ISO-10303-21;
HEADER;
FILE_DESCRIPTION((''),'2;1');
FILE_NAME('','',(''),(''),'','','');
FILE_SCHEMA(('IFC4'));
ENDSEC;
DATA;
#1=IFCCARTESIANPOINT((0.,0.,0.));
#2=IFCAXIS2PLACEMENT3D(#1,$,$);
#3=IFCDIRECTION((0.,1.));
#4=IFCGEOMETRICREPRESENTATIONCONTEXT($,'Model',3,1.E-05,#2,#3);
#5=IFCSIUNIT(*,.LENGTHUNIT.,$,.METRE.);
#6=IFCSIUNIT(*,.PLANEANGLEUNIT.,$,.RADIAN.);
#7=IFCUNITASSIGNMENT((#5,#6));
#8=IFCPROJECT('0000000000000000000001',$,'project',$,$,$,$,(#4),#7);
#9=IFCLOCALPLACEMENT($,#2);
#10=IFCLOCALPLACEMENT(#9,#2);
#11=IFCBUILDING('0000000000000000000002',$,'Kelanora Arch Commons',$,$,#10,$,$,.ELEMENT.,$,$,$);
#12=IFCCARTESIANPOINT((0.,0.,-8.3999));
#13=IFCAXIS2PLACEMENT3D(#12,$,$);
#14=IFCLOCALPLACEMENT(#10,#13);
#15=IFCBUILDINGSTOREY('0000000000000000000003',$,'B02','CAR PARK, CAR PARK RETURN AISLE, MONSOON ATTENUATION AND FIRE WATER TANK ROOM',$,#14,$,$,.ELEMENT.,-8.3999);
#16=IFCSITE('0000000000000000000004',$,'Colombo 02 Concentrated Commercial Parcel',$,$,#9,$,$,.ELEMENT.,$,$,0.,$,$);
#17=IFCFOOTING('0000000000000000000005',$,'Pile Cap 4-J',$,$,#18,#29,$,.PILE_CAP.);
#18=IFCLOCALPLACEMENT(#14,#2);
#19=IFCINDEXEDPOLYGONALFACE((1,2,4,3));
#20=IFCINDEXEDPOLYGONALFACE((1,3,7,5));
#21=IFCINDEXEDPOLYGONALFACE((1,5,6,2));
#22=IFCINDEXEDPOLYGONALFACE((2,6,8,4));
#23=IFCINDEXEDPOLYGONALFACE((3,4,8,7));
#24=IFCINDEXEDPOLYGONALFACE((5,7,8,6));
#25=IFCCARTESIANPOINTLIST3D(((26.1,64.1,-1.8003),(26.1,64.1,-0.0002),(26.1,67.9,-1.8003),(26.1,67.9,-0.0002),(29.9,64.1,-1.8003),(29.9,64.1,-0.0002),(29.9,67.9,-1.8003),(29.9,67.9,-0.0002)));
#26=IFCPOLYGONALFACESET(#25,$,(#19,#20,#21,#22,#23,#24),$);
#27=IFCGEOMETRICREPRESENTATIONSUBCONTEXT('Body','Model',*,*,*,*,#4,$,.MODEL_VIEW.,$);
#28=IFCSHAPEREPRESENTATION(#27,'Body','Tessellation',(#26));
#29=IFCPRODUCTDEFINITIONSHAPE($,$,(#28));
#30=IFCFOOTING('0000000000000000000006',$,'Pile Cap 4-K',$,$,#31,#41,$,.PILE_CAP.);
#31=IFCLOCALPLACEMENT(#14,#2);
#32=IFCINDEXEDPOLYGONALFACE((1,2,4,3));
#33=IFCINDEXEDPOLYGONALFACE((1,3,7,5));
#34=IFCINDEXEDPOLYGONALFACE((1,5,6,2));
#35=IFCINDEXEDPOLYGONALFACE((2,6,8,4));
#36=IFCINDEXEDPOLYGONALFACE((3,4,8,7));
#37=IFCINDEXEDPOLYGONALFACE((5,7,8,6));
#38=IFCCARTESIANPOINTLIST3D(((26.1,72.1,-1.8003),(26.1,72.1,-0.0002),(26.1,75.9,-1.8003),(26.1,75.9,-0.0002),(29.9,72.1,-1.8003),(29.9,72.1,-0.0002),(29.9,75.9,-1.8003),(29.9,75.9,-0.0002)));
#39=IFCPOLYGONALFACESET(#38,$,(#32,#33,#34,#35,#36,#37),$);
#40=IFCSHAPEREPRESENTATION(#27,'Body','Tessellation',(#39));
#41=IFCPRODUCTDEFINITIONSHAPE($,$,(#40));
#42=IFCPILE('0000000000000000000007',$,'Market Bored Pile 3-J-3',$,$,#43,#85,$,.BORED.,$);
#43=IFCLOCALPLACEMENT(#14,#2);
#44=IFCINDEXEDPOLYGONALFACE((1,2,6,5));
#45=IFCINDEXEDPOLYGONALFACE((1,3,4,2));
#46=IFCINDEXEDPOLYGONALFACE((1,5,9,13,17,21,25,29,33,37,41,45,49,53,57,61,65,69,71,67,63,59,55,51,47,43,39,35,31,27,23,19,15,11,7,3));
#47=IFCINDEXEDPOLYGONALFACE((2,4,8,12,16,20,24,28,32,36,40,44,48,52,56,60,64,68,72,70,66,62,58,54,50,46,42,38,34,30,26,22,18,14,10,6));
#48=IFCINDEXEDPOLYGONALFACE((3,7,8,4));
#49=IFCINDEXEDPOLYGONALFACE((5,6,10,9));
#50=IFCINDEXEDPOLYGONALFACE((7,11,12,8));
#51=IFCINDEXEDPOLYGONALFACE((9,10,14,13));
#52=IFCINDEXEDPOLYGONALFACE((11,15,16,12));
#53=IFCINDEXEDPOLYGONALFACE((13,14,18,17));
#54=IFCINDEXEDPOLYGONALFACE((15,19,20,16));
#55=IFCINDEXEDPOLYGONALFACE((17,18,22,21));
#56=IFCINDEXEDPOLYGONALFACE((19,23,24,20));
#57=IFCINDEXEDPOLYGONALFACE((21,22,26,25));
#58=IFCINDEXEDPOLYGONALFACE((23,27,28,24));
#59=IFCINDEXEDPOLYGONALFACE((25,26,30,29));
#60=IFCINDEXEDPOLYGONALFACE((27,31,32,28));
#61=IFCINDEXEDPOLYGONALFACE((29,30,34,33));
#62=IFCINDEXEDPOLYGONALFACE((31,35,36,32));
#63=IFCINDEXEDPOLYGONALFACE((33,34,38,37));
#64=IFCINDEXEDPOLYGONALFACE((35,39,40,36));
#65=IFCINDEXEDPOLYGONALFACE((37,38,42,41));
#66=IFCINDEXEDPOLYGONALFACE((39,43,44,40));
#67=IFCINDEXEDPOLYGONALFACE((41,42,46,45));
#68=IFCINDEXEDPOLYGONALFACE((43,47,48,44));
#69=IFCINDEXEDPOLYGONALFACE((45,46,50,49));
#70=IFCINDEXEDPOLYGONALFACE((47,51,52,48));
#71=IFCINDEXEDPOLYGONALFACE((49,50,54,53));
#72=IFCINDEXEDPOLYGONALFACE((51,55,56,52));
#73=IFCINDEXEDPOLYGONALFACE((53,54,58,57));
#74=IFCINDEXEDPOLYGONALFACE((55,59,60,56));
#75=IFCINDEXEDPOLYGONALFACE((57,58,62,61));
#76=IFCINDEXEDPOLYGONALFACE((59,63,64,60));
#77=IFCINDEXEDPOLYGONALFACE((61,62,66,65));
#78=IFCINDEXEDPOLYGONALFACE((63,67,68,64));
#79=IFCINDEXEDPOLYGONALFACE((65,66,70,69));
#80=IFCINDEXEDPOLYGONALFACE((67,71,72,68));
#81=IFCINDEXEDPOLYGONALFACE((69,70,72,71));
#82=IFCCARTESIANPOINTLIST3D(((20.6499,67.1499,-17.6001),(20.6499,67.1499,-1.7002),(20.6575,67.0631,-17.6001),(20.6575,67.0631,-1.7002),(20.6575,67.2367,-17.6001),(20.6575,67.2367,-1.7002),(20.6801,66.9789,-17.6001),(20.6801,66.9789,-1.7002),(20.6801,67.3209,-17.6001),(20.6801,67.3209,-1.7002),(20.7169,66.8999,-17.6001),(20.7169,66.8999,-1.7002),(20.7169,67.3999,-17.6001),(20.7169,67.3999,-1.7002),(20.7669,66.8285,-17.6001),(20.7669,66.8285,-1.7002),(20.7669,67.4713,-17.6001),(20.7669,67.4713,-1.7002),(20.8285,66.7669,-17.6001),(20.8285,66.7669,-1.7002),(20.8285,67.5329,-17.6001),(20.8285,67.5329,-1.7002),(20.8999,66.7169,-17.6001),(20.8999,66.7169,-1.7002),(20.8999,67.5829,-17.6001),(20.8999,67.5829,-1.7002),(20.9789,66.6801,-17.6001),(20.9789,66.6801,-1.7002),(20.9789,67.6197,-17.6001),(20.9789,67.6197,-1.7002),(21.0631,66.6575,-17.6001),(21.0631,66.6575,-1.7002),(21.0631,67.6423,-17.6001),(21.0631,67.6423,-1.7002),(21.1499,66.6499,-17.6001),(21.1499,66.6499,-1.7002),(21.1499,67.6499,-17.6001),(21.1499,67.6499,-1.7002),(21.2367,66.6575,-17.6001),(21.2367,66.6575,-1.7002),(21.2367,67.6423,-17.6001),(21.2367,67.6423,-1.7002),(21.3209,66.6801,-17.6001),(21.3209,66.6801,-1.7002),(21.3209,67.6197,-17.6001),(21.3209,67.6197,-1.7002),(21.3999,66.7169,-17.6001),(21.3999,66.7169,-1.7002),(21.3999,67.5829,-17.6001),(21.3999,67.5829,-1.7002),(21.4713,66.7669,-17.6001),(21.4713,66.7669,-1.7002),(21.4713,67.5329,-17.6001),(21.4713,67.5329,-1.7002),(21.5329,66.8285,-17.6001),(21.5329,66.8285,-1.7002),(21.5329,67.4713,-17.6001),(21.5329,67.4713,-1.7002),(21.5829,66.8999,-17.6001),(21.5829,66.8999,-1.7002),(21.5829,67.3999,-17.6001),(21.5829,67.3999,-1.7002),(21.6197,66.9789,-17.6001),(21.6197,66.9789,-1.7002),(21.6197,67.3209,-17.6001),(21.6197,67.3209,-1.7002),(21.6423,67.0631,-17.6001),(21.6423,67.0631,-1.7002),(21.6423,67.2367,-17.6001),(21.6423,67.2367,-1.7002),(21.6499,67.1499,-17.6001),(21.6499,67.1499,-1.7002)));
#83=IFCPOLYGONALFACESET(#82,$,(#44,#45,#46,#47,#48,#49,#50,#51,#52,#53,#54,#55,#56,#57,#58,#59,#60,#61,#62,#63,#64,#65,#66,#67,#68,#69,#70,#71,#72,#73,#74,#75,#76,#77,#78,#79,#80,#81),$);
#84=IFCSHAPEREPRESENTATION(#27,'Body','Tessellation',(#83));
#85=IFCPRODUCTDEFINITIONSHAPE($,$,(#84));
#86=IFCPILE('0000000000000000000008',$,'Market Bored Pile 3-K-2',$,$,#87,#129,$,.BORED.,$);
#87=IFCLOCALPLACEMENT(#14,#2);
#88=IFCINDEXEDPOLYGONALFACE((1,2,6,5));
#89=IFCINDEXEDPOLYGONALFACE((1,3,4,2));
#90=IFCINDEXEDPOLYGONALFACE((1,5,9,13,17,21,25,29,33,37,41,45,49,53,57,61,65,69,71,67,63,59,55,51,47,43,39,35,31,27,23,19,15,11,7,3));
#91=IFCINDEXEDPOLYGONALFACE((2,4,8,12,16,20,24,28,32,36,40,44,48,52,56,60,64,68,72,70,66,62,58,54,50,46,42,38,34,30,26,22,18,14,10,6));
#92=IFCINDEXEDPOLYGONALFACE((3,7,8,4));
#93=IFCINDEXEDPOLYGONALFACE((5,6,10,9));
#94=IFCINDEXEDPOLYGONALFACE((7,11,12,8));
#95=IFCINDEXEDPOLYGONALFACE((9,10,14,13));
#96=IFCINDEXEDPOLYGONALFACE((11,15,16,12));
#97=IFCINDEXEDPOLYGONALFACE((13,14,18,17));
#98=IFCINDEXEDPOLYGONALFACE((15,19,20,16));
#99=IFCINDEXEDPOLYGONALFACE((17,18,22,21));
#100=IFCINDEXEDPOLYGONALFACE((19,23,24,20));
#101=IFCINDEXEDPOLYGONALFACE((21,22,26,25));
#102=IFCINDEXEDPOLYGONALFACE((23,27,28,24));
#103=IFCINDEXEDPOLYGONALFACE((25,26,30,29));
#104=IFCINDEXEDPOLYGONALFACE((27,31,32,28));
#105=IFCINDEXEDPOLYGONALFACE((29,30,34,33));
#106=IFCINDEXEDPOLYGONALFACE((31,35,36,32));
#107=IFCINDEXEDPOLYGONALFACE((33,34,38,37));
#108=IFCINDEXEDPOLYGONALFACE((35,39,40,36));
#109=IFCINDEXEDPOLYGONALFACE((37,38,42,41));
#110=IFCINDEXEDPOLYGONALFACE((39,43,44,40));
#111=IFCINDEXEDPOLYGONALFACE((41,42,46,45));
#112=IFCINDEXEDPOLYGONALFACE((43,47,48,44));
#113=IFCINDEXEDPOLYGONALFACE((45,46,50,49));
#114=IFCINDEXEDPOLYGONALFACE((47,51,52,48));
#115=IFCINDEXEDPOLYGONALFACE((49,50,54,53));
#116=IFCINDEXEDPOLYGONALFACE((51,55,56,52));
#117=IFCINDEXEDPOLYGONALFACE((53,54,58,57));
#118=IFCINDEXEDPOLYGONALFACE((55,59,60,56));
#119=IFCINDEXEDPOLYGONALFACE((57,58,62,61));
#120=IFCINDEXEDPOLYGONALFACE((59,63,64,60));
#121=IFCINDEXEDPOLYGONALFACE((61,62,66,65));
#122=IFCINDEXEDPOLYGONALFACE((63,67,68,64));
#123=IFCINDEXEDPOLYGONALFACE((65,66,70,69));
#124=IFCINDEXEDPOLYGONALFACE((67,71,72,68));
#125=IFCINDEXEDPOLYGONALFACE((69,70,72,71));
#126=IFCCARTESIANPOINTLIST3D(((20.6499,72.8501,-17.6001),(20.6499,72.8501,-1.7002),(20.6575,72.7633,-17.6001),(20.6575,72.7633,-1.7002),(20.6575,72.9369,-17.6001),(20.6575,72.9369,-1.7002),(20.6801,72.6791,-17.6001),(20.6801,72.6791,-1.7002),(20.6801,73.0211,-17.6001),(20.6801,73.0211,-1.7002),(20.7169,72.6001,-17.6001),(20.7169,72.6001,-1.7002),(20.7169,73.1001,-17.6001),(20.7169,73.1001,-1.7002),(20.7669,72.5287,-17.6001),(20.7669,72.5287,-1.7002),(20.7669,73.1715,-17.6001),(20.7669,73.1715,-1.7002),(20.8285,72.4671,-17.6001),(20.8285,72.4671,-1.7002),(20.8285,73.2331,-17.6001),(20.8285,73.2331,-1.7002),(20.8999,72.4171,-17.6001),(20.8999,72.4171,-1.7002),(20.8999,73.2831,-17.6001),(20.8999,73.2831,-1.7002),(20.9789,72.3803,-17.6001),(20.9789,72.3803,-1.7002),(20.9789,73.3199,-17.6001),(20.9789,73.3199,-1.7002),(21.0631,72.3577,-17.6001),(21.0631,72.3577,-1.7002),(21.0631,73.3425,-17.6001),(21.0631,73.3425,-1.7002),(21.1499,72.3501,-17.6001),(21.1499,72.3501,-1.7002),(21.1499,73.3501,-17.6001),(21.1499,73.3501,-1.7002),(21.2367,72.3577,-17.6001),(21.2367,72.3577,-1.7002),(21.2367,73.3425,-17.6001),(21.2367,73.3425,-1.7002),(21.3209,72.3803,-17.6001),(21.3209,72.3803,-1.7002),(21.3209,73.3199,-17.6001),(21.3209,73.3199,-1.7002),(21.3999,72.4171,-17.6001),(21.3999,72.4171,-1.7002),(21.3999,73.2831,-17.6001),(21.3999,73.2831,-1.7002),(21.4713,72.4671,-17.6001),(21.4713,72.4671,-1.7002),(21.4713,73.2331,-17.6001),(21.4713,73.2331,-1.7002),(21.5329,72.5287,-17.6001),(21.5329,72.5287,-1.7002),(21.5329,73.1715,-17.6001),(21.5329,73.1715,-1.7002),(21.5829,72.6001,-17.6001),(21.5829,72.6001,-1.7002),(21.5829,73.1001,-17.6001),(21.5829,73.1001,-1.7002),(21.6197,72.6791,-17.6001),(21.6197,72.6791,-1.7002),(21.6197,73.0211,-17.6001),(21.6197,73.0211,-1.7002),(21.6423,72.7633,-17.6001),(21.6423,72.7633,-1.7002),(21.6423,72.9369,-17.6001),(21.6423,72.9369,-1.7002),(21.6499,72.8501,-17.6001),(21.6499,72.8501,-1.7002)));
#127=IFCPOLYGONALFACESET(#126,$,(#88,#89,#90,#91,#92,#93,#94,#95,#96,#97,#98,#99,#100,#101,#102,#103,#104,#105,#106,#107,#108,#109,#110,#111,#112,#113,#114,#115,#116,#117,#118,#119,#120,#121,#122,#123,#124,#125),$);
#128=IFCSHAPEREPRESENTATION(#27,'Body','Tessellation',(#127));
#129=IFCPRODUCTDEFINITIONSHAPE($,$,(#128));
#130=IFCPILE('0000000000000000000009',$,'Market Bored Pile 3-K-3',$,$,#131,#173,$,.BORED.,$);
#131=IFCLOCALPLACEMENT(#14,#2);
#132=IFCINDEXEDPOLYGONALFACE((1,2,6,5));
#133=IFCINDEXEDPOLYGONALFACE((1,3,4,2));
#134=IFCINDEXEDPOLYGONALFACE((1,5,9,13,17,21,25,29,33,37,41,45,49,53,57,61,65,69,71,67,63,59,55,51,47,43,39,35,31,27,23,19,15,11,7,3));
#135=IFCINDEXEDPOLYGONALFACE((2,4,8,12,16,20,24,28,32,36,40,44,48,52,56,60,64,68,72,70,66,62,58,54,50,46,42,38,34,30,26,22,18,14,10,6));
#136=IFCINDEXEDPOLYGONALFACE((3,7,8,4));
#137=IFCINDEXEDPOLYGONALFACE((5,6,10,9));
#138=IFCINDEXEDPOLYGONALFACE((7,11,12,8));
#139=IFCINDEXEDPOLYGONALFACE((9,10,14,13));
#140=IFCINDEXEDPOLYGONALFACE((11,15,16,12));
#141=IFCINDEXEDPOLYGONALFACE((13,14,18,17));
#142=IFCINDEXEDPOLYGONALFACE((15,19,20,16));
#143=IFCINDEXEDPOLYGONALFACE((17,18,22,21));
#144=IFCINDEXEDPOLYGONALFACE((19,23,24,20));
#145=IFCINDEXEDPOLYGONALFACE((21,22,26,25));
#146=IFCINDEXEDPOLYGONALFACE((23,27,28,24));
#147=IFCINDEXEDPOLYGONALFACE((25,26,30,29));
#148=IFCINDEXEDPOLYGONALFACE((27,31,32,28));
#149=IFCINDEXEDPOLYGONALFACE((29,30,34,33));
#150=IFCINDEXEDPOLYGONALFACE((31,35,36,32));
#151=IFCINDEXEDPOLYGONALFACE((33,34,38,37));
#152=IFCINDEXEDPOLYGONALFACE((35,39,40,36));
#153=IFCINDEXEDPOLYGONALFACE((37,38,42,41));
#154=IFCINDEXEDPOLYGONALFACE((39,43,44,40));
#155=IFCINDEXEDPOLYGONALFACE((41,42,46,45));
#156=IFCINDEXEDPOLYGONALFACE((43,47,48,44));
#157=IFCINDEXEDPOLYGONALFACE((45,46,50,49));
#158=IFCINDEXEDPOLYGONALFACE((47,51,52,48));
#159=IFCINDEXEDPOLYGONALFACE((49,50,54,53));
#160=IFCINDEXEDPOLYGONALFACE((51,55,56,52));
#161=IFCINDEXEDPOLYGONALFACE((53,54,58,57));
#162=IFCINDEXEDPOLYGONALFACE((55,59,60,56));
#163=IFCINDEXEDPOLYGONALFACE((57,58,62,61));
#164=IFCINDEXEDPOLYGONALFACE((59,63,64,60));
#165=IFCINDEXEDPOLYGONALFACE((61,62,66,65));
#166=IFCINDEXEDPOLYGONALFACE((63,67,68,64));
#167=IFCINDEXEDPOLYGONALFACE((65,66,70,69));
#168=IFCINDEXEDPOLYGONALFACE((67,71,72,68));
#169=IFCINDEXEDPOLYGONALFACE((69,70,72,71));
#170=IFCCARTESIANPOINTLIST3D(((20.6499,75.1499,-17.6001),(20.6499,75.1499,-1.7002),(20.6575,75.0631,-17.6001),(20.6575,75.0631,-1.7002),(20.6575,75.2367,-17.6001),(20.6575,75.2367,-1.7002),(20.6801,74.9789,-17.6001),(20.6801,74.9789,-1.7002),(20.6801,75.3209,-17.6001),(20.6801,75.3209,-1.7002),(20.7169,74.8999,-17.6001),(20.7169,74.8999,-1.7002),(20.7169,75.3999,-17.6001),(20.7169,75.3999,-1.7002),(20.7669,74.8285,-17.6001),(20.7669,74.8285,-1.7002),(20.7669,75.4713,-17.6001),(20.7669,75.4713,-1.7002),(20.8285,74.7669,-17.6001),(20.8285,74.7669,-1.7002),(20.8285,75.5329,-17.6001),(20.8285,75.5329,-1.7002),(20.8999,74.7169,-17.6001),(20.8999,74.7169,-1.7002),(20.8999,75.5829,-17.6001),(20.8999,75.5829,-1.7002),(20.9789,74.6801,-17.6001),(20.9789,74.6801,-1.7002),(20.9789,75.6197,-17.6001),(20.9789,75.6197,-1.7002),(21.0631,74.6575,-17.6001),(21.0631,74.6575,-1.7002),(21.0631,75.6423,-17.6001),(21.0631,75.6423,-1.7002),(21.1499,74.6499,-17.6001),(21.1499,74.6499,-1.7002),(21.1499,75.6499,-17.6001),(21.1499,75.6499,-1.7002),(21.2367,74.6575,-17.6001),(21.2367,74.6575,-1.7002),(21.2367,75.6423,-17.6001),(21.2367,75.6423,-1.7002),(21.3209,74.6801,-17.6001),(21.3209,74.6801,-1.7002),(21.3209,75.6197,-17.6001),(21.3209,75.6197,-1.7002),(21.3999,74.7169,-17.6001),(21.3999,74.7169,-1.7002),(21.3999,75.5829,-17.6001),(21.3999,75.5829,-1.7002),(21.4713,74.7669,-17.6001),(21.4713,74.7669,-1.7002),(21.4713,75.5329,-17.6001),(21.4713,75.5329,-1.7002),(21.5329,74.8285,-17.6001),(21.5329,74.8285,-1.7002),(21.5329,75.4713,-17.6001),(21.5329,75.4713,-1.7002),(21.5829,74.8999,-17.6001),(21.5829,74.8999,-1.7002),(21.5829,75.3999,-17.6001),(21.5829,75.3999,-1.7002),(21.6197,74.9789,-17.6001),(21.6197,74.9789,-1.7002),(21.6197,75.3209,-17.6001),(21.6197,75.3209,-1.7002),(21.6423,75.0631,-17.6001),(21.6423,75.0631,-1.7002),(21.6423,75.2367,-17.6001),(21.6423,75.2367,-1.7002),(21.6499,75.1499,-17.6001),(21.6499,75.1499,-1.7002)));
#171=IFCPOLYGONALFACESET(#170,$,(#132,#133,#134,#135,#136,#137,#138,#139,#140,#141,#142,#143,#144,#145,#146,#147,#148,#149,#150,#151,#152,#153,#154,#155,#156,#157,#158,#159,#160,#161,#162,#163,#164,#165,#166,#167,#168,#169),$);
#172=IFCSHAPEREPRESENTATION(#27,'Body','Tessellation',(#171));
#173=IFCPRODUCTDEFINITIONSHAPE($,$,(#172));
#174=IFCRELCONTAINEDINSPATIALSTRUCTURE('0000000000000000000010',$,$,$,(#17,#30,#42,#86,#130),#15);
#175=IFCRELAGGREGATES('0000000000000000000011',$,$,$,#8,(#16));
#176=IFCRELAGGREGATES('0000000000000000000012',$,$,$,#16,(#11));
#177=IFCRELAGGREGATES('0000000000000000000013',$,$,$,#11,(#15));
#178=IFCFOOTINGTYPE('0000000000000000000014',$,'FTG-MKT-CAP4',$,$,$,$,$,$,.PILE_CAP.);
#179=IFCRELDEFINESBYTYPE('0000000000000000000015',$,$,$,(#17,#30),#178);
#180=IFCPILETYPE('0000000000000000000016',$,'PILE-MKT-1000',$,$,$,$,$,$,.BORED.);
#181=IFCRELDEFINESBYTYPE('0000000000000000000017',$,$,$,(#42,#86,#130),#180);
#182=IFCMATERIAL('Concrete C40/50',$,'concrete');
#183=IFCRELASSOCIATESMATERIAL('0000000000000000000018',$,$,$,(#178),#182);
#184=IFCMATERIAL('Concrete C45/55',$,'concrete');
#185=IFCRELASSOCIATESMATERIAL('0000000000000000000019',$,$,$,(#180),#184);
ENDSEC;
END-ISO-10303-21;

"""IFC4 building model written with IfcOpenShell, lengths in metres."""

from ifc_helpers import new_model, si_unit, direction, frame, origin, origin_2d, place, context, subcontext, project, spatial, rectangle, circle, extrude, source, transform, mapped, material, material_profile, profile_set, type_object, element, save


model = new_model("IFC4")

# Units and contexts
model_context = context("Model", 3, precision=1e-05, world=origin(), true_north=direction((0.0, 1.0)))
body_context = subcontext(model_context, "Body", "Model", "MODEL_VIEW")
ifc_project = project(units=[si_unit("LENGTHUNIT", "METRE"), si_unit("PLANEANGLEUNIT", "RADIAN")], contexts=[model_context])

# Site, building, storey
site_placement = place(None, origin())
site = spatial("IfcSite", under=ifc_project, at=site_placement, Name="Colombo 02 Concentrated Commercial Parcel", CompositionType="ELEMENT", RefElevation=0.0)
building_placement = place(site_placement, origin())
building = spatial("IfcBuilding", under=site, at=building_placement, Name="Kelanora Arch Commons", CompositionType="ELEMENT")
storey_placement = place(building_placement, frame((0.0, 0.0, -8.3999)))
storey = spatial("IfcBuildingStorey", under=building, at=storey_placement, Name="B02", Description="CAR PARK, CAR PARK RETURN AISLE, MONSOON ATTENUATION AND FIRE WATER TANK ROOM", CompositionType="ELEMENT", Elevation=-8.3999)

# Footings
ifc_material_1 = material(Name="Concrete C40/50", Category="concrete")
footing_type_1 = type_object("IfcFootingType", Name="FTG-MKT-CAP4", PredefinedType="PILE_CAP", material=ifc_material_1)
shared_shape_1 = source(origin(), body_context, "Body", "SweptSolid", [
    extrude(rectangle(XDim=3.8, YDim=3.8, at=origin_2d()), origin(), (0.0, 0.0, 1.0), 1.8),
])
for number, where, z_axis, x_axis, name in (
    (1, (28.0, 66.0, -1.8003), (0.0, 0.0, 1.0), (1.0, 0.0, 0.0), "Pile Cap 4-J"),
    (2, (28.0, 74.0, -1.8003), (0.0, 0.0, 1.0), (1.0, 0.0, 0.0), "Pile Cap 4-K"),
):
    element("IfcFooting", number, at=place(storey_placement, frame(where, z_axis=z_axis, x_axis=x_axis)), inside=storey, type_object=footing_type_1, Name=name, PredefinedType="PILE_CAP", context=body_context, shape_type="MappedRepresentation", body=[
        mapped(shared_shape_1, transform((0.0, 0.0, 0.0), scale=1.0)),
    ])

# Piles
ifc_material_2 = material(Name="Concrete C45/55", Category="concrete")
ifc_material_profile_1 = material_profile(ifc_material_2, circle(Radius=0.5, at=origin_2d()), Name="PILE1000")
ifc_profile_set_1 = profile_set([ifc_material_profile_1], Name="Concrete C45/55")
pile_type = type_object("IfcPileType", Name="PILE-MKT-1000", PredefinedType="BORED", material=ifc_profile_set_1)
shared_shape_2 = source(origin(), body_context, "Body", "SweptSolid", [
    extrude(circle(Radius=0.5, at=origin_2d()), origin(), (0.0, 0.0, 1.0), 15.8999),
])
for number, where, z_axis, x_axis, name in (
    (3, (21.1499, 67.1499, -1.7002), (0.0, 0.0, -1.0), (1.0, 0.0, 0.0), "Market Bored Pile 3-J-3"),
    (4, (21.1499, 72.8501, -1.7002), (0.0, 0.0, -1.0), (1.0, 0.0, 0.0), "Market Bored Pile 3-K-2"),
    (5, (21.1499, 75.1499, -1.7002), (0.0, 0.0, -1.0), (1.0, 0.0, 0.0), "Market Bored Pile 3-K-3"),
):
    element("IfcPile", number, at=place(storey_placement, frame(where, z_axis=z_axis, x_axis=x_axis)), inside=storey, type_object=pile_type, Name=name, PredefinedType="BORED", context=body_context, shape_type="MappedRepresentation", body=[
        mapped(shared_shape_2, transform((0.0, 0.0, 0.0), scale=1.0)),
    ])

save(model, "model.ifc")
